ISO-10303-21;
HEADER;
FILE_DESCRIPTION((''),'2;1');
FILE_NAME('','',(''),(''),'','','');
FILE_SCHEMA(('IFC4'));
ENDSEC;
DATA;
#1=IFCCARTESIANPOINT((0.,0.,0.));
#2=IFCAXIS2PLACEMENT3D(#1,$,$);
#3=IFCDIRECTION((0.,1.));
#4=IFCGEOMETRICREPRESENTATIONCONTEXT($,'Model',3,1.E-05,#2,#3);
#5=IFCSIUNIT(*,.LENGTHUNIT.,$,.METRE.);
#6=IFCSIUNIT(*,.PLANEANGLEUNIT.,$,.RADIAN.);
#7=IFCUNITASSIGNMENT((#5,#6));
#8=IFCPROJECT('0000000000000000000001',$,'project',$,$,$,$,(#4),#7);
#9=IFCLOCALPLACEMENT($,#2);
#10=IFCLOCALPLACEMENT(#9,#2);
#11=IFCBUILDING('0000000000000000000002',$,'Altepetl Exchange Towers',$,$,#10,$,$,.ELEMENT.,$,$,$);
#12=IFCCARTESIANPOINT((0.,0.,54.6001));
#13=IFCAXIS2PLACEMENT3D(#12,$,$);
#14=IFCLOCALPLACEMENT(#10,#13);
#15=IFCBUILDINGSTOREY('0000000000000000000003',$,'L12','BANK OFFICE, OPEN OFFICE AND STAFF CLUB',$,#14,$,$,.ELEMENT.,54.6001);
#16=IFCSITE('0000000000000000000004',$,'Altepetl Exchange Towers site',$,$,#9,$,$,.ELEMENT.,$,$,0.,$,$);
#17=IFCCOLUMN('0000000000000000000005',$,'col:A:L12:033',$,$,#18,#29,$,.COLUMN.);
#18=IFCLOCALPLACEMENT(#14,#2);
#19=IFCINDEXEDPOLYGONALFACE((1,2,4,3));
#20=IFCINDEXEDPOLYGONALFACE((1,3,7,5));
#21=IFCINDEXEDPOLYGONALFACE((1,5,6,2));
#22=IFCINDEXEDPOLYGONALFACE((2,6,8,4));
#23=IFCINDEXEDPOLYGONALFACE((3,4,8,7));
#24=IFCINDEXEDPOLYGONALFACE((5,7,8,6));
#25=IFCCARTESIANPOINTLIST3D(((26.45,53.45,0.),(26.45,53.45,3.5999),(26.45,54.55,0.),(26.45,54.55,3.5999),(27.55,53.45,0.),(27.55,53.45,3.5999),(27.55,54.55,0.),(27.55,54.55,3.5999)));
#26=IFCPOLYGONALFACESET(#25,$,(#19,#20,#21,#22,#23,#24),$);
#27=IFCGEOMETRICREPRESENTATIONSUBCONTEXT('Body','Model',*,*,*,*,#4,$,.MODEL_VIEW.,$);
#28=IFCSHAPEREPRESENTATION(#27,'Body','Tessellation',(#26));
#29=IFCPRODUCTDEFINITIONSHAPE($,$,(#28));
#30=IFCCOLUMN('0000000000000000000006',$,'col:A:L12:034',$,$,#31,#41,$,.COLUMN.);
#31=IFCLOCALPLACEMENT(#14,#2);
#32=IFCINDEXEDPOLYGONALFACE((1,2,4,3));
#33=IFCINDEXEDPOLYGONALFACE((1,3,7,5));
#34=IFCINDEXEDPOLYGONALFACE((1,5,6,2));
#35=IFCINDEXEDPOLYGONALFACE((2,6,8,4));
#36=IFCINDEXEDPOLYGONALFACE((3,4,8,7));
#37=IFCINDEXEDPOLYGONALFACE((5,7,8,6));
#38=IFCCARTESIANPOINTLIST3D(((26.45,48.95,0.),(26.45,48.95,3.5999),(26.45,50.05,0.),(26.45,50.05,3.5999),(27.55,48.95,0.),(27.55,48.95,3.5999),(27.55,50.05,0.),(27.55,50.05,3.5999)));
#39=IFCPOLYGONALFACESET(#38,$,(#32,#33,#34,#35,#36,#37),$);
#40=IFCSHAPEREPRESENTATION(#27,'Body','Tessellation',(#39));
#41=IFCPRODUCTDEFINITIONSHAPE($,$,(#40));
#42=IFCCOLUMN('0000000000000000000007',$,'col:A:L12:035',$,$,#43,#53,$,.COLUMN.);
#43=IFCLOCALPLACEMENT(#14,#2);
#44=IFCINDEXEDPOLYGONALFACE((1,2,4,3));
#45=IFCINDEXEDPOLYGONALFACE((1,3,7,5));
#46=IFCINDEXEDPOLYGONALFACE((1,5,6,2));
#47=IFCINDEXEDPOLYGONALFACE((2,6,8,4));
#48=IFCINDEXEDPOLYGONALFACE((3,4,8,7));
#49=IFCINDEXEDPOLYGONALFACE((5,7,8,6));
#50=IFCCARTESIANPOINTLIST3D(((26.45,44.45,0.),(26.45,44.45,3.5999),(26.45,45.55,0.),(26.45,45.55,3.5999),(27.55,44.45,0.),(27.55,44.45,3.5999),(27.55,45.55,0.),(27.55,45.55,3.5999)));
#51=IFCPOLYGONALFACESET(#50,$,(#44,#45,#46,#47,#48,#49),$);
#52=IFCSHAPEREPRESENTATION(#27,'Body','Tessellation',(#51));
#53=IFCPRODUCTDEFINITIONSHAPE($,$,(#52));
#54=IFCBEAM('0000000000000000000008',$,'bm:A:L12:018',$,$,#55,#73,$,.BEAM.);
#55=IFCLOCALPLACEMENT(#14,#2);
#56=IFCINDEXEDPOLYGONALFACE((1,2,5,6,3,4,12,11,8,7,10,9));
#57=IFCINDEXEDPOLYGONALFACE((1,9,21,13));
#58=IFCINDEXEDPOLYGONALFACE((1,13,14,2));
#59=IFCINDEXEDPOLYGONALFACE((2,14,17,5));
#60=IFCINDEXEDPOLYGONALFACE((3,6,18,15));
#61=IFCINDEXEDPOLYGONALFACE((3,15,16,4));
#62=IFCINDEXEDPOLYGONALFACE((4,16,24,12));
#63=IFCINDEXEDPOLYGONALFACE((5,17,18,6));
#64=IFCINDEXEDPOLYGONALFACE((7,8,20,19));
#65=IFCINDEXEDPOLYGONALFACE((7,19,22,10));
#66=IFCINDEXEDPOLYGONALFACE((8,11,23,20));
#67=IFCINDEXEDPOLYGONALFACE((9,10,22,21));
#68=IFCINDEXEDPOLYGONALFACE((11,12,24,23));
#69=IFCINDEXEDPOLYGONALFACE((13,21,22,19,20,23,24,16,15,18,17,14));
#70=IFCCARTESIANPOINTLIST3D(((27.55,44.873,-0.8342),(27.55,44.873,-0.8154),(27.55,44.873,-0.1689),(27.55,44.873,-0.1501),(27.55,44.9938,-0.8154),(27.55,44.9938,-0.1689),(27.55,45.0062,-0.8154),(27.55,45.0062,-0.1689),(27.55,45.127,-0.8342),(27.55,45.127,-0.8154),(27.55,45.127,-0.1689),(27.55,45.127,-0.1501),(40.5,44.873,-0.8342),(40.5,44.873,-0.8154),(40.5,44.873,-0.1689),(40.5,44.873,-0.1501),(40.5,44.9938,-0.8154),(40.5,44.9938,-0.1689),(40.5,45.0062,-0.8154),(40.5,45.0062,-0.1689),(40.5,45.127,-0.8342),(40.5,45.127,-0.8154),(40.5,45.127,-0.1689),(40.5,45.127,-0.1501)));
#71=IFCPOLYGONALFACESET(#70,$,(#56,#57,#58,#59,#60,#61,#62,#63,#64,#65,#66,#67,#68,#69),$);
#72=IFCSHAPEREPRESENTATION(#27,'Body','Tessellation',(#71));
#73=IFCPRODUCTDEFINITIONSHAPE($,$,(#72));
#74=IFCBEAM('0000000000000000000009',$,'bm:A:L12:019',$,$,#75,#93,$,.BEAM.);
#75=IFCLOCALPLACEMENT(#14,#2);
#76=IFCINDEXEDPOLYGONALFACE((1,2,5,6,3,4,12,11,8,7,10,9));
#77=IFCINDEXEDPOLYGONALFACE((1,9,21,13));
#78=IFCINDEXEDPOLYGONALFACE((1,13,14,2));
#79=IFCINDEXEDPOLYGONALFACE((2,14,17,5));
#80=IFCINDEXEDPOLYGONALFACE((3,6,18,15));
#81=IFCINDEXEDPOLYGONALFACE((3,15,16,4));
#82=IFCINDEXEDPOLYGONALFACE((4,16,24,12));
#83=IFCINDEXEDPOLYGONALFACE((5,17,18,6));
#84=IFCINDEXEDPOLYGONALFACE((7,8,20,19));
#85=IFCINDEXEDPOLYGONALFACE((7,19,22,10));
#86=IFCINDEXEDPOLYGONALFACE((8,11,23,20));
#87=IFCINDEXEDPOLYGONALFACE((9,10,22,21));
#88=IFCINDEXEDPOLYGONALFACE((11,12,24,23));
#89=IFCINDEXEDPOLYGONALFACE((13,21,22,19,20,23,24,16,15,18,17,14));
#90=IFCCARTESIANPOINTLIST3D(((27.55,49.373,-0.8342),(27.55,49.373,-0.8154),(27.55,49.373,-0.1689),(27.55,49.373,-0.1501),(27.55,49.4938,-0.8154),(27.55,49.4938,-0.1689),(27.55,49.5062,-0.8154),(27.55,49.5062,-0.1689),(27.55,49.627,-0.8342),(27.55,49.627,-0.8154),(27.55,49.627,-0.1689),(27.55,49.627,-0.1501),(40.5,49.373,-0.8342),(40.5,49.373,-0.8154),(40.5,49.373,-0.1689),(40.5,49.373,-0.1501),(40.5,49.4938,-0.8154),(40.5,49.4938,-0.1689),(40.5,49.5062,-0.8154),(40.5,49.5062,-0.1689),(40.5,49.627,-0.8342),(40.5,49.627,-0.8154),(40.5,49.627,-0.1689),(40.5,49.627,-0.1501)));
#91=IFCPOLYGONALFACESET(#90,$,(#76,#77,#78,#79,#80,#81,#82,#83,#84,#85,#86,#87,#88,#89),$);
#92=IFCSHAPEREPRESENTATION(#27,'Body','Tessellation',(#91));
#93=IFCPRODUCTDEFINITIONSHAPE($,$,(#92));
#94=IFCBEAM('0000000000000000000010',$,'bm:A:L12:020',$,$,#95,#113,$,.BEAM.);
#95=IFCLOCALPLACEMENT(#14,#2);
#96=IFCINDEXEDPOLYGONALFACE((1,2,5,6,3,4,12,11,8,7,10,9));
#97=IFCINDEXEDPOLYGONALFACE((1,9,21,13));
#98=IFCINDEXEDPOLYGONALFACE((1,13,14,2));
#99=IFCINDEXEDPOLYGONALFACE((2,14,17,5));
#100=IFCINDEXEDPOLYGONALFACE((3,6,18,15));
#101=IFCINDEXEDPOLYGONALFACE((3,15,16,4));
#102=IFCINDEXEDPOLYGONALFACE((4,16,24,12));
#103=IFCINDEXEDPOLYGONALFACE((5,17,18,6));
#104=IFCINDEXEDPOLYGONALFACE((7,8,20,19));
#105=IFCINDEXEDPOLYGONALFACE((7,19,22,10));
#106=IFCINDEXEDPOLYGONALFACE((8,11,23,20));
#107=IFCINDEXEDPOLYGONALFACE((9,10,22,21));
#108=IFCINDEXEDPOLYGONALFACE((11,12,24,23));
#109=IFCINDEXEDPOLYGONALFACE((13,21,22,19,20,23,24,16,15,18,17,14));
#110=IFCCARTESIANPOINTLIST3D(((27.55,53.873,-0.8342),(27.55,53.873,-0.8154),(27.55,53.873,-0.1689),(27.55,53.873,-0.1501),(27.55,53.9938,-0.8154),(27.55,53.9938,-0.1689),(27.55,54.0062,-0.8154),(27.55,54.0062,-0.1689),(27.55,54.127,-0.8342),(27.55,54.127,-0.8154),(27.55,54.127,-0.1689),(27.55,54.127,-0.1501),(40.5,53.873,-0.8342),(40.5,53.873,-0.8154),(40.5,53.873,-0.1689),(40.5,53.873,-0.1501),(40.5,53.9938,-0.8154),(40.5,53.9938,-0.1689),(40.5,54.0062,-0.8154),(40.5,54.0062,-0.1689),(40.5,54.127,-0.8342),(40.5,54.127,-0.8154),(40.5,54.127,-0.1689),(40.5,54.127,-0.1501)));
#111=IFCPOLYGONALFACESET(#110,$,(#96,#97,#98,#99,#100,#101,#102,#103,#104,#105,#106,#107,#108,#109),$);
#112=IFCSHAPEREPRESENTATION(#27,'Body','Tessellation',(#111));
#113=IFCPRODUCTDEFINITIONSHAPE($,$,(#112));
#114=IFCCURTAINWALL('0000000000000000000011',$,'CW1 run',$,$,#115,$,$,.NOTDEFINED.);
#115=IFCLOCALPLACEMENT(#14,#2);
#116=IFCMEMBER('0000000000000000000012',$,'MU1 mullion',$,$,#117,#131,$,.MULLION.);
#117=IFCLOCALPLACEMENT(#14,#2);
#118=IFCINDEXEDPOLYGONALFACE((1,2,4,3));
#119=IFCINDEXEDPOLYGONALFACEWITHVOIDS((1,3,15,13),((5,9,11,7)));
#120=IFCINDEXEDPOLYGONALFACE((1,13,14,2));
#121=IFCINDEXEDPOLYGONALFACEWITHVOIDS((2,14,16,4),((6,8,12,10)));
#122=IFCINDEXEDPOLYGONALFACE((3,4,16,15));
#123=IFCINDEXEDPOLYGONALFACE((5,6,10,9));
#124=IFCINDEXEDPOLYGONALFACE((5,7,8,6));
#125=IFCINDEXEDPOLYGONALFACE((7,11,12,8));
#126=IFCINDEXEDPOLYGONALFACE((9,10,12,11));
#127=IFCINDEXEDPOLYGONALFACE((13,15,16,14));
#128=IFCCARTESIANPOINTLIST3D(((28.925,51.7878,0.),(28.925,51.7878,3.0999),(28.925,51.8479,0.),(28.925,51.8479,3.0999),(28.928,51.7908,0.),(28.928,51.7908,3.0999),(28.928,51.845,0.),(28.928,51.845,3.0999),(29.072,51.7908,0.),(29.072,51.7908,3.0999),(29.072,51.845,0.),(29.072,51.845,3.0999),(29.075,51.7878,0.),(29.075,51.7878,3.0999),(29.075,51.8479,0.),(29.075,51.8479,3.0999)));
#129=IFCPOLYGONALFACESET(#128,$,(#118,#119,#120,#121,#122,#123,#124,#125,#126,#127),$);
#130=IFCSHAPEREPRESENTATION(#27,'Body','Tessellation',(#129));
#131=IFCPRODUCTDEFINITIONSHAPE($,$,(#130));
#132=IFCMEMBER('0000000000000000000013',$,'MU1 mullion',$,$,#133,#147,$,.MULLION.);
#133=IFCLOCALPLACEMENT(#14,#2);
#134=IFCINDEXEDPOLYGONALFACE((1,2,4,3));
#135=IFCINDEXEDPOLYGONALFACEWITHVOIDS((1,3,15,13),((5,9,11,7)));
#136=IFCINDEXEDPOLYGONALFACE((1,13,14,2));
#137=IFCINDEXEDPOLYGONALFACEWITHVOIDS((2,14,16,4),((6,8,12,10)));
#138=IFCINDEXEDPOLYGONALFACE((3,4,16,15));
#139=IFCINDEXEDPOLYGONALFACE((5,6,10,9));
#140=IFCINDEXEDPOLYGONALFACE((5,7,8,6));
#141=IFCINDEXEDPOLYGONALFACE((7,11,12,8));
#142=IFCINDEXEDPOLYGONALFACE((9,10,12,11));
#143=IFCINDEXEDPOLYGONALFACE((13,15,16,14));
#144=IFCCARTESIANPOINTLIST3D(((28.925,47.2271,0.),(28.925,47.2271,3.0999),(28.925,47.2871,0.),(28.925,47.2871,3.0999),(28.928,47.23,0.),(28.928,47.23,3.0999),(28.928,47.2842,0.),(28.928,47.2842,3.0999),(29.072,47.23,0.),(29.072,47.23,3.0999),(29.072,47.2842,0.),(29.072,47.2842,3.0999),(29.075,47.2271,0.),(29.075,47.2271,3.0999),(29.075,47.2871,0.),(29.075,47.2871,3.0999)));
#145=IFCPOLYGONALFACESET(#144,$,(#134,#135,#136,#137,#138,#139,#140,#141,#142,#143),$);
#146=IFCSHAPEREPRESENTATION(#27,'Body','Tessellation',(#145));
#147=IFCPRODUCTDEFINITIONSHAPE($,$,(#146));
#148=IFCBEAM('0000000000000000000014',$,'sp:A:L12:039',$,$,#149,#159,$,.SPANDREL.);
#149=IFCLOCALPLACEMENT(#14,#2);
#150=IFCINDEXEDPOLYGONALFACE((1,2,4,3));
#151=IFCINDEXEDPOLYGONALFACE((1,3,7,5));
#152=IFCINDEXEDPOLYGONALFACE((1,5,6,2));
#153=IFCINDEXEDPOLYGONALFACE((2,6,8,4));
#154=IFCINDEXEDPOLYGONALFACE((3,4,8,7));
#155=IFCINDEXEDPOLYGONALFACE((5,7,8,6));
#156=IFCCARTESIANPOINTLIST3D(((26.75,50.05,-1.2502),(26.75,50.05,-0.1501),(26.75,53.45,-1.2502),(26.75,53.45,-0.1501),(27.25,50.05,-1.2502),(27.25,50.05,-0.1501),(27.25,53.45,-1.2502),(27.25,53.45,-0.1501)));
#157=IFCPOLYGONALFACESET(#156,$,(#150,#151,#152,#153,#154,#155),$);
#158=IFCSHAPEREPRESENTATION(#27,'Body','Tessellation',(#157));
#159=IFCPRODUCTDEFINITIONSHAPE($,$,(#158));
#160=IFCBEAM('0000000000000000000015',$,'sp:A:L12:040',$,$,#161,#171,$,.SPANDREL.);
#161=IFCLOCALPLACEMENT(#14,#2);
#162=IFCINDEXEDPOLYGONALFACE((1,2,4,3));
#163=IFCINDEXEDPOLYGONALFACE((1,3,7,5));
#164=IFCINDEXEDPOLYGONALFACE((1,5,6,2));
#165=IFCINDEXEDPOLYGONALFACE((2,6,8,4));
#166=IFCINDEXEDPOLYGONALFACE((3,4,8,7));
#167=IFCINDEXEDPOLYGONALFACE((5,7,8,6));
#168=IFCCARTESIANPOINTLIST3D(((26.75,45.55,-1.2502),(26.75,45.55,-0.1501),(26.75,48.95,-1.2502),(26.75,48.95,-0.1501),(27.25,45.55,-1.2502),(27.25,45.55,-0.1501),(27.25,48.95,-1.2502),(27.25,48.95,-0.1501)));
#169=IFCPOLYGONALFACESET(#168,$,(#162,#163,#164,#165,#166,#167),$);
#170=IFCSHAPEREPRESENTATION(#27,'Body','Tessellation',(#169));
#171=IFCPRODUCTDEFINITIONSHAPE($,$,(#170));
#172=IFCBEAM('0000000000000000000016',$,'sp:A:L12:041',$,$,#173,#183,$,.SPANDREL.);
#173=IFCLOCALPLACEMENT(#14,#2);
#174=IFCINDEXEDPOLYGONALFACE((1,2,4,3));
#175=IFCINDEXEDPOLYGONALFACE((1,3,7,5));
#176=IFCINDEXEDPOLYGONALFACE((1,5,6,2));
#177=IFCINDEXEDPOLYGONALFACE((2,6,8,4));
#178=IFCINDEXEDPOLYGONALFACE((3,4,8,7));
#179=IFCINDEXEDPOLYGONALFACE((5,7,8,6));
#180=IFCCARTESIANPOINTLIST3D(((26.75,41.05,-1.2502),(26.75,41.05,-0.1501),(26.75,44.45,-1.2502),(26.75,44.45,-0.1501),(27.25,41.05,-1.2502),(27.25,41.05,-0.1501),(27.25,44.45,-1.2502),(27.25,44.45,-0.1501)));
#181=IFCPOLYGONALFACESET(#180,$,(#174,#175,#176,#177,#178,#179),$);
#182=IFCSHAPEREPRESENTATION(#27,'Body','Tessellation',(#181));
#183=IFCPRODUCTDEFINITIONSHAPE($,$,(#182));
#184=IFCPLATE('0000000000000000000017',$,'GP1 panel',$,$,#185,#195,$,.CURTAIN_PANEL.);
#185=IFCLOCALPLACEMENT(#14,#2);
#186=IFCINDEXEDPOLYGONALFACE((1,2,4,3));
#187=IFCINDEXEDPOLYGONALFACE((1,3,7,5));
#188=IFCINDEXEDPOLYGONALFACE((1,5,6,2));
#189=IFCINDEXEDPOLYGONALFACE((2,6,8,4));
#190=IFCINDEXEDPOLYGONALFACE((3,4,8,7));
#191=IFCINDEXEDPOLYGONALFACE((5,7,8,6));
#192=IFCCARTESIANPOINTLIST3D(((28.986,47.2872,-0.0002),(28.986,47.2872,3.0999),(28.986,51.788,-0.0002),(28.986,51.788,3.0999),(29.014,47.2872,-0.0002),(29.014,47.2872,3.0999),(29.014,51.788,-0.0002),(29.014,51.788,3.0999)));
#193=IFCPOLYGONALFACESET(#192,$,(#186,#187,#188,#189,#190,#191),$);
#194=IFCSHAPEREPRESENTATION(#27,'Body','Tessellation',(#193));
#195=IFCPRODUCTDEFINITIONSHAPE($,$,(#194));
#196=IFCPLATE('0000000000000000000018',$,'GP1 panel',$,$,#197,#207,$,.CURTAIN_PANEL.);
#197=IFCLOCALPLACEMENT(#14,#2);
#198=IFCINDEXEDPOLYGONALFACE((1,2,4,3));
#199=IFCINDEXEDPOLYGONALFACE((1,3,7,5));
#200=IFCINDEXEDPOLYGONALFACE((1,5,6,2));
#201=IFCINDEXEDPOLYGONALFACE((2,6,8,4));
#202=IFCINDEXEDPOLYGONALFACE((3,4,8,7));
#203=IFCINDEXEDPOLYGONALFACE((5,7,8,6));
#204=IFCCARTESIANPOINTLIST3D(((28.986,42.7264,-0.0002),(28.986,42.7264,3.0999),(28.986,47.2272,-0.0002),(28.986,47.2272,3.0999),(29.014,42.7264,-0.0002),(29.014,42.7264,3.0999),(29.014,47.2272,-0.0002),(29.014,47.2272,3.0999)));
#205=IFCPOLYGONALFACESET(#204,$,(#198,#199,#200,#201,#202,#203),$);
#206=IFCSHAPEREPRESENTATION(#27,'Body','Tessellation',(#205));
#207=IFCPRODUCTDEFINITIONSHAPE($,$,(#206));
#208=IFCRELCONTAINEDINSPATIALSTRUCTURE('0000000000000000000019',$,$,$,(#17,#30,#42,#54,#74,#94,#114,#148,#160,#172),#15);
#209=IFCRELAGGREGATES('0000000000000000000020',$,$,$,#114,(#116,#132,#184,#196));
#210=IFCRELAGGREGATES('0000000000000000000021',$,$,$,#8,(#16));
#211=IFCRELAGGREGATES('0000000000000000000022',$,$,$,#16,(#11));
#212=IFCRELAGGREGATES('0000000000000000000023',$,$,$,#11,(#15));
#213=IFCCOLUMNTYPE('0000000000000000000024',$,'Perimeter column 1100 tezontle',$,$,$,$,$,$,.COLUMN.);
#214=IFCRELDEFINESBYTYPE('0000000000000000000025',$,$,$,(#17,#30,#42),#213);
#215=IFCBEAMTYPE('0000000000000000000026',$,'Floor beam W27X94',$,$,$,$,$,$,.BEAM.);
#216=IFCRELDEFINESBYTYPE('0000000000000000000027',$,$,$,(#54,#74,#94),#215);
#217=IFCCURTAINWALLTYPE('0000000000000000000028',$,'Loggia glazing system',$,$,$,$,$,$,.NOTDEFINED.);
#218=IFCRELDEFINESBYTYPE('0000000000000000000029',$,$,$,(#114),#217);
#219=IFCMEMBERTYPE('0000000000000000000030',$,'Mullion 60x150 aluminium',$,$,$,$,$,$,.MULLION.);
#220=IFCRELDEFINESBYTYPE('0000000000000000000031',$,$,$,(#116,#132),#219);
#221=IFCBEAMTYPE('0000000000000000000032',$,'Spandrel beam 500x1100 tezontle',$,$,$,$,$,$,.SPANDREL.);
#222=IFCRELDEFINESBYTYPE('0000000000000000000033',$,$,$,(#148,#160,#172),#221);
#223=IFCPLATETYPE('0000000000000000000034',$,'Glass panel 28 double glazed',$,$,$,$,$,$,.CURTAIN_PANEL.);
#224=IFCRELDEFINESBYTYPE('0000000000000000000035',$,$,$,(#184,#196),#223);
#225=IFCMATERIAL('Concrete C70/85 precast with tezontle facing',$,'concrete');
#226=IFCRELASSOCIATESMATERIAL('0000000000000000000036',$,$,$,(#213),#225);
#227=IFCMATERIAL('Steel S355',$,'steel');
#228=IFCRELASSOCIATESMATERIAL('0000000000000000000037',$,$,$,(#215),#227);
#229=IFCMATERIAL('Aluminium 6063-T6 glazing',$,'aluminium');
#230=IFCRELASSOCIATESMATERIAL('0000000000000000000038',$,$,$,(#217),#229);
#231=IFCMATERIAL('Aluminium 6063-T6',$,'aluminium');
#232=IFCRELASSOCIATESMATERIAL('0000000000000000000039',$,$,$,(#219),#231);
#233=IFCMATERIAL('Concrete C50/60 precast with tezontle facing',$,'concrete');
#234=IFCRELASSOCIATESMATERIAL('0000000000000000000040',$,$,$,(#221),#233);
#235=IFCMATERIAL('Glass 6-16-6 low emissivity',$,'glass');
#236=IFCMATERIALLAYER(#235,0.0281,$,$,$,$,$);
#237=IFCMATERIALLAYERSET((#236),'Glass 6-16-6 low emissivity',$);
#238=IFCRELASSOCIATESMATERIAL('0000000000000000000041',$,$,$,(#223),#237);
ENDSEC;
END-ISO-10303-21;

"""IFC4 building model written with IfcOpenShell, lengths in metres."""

from ifc_helpers import new_model, si_unit, direction, frame, origin, origin_2d, place, context, subcontext, project, spatial, rectangle, hollow_rectangle, i_section, extrude, material, layer, layer_set, material_profile, profile_set, type_object, element, aggregate, save


model = new_model("IFC4")

# Units and contexts
model_context = context("Model", 3, precision=1e-05, world=origin(), true_north=direction((0.0, 1.0)))
body_context = subcontext(model_context, "Body", "Model", "MODEL_VIEW")
ifc_project = project(units=[si_unit("LENGTHUNIT", "METRE"), si_unit("PLANEANGLEUNIT", "RADIAN")], contexts=[model_context])

# Site, building, storey
site_placement = place(None, origin())
site = spatial("IfcSite", under=ifc_project, at=site_placement, Name="Altepetl Exchange Towers site", CompositionType="ELEMENT", RefElevation=0.0)
building_placement = place(site_placement, origin())
building = spatial("IfcBuilding", under=site, at=building_placement, Name="Altepetl Exchange Towers", CompositionType="ELEMENT")
storey_placement = place(building_placement, frame((0.0, 0.0, 54.6001)))
storey = spatial("IfcBuildingStorey", under=building, at=storey_placement, Name="L12", Description="BANK OFFICE, OPEN OFFICE AND STAFF CLUB", CompositionType="ELEMENT", Elevation=54.6001)

# Columns
ifc_material_1 = material(Name="Concrete C70/85 precast with tezontle facing", Category="concrete")
ifc_material_profile_1 = material_profile(ifc_material_1, rectangle(XDim=1.1001, YDim=1.1001, at=origin_2d()), Name="1100 x 1100")
ifc_profile_set_1 = profile_set([ifc_material_profile_1], Name="Concrete C70/85 precast with tezontle facing")
column_type = type_object("IfcColumnType", Name="Perimeter column 1100 tezontle", PredefinedType="COLUMN", material=ifc_profile_set_1)
for number, where, name in (
    (1, (27.0, 54.0, 0.0), "col:A:L12:033"),
    (2, (27.0, 49.5, 0.0), "col:A:L12:034"),
    (3, (27.0, 45.0, 0.0), "col:A:L12:035"),
):
    element("IfcColumn", number, at=place(storey_placement, frame(where)), inside=storey, type_object=column_type, Name=name, PredefinedType="COLUMN", context=body_context, shape_type="SweptSolid", body=[
        extrude(rectangle(XDim=1.1001, YDim=1.1001, at=origin_2d()), origin(), (0.0, 0.0, 1.0), 3.5999),
    ])

# Beams
ifc_material_2 = material(Name="Steel S355", Category="steel")
ifc_material_profile_2 = material_profile(ifc_material_2, i_section(OverallWidth=0.2539, OverallDepth=0.6841, WebThickness=0.0125, FlangeThickness=0.0188, at=origin_2d()), Name="W27X94")
ifc_profile_set_2 = profile_set([ifc_material_profile_2], Name="Steel S355")
beam_type_1 = type_object("IfcBeamType", Name="Floor beam W27X94", PredefinedType="BEAM", material=ifc_profile_set_2)
for number, where, z_axis, x_axis, name in (
    (4, (27.55, 45.0, -0.4922), (1.0, 0.0, 0.0), (0.0, 1.0, 0.0), "bm:A:L12:018"),
    (5, (27.55, 49.5, -0.4922), (1.0, 0.0, 0.0), (0.0, 1.0, 0.0), "bm:A:L12:019"),
    (6, (27.55, 54.0, -0.4922), (1.0, 0.0, 0.0), (0.0, 1.0, 0.0), "bm:A:L12:020"),
):
    element("IfcBeam", number, at=place(storey_placement, frame(where, z_axis=z_axis, x_axis=x_axis)), inside=storey, type_object=beam_type_1, Name=name, PredefinedType="BEAM", context=body_context, shape_type="SweptSolid", body=[
        extrude(i_section(OverallWidth=0.2539, OverallDepth=0.6841, WebThickness=0.0125, FlangeThickness=0.0188, at=origin_2d()), origin(), (0.0, 0.0, 1.0), 12.95),
    ])

# Curtain wall, members
ifc_material_3 = material(Name="Aluminium 6063-T6 glazing", Category="aluminium")
curtain_wall_type = type_object("IfcCurtainWallType", Name="Loggia glazing system", PredefinedType="NOTDEFINED", material=ifc_material_3)
curtain_wall_placement = place(storey_placement, origin())
curtain_wall = element("IfcCurtainWall", 7, at=curtain_wall_placement, inside=storey, type_object=curtain_wall_type, Name="CW1 run", PredefinedType="NOTDEFINED")
ifc_material_4 = material(Name="Aluminium 6063-T6", Category="aluminium")
ifc_material_profile_3 = material_profile(ifc_material_4, hollow_rectangle(XDim=0.0601, YDim=0.1499, WallThickness=0.0029, at=origin_2d()), Name="Mullion 60x150 aluminium")
ifc_profile_set_3 = profile_set([ifc_material_profile_3], Name="Aluminium 6063-T6")
member_type = type_object("IfcMemberType", Name="Mullion 60x150 aluminium", PredefinedType="MULLION", material=ifc_profile_set_3)
member_1_placement = place(storey_placement, frame((29.0, 51.8179, 0.0), z_axis=(0.0, 0.0, 1.0), x_axis=(0.0, -1.0, 0.0)))
member_1 = element("IfcMember", 8, at=member_1_placement, type_object=member_type, Name="MU1 mullion", PredefinedType="MULLION", context=body_context, shape_type="SweptSolid", body=[
    extrude(hollow_rectangle(XDim=0.0601, YDim=0.1499, WallThickness=0.0029, at=origin_2d()), origin(), (0.0, 0.0, 1.0), 3.0999),
])
member_2_placement = place(storey_placement, frame((29.0, 47.2571, 0.0), z_axis=(0.0, 0.0, 1.0), x_axis=(0.0, -1.0, 0.0)))
member_2 = element("IfcMember", 9, at=member_2_placement, type_object=member_type, Name="MU1 mullion", PredefinedType="MULLION", context=body_context, shape_type="SweptSolid", body=[
    extrude(hollow_rectangle(XDim=0.0601, YDim=0.1499, WallThickness=0.0029, at=origin_2d()), origin(), (0.0, 0.0, 1.0), 3.0999),
])

# Beams
ifc_material_5 = material(Name="Concrete C50/60 precast with tezontle facing", Category="concrete")
ifc_material_profile_4 = material_profile(ifc_material_5, rectangle(XDim=0.5, YDim=1.1001, at=origin_2d()), Name="500 x 1100")
ifc_profile_set_4 = profile_set([ifc_material_profile_4], Name="Concrete C50/60 precast with tezontle facing")
beam_type_2 = type_object("IfcBeamType", Name="Spandrel beam 500x1100 tezontle", PredefinedType="SPANDREL", material=ifc_profile_set_4)
for number, where, z_axis, x_axis, name in (
    (10, (27.0, 53.45, -0.7002), (0.0, -1.0, 0.0), (1.0, 0.0, 0.0), "sp:A:L12:039"),
    (11, (27.0, 48.95, -0.7002), (0.0, -1.0, 0.0), (1.0, 0.0, 0.0), "sp:A:L12:040"),
    (12, (27.0, 44.45, -0.7002), (0.0, -1.0, 0.0), (1.0, 0.0, 0.0), "sp:A:L12:041"),
):
    element("IfcBeam", number, at=place(storey_placement, frame(where, z_axis=z_axis, x_axis=x_axis)), inside=storey, type_object=beam_type_2, Name=name, PredefinedType="SPANDREL", context=body_context, shape_type="SweptSolid", body=[
        extrude(rectangle(XDim=0.5, YDim=1.1001, at=origin_2d()), origin(), (0.0, 0.0, 1.0), 3.3999),
    ])

# Plates
ifc_material_6 = material(Name="Glass 6-16-6 low emissivity", Category="glass")
ifc_layer_1 = layer(ifc_material_6, 0.0281)
ifc_layer_set_1 = layer_set([ifc_layer_1], Name="Glass 6-16-6 low emissivity")
plate_type = type_object("IfcPlateType", Name="Glass panel 28 double glazed", PredefinedType="CURTAIN_PANEL", material=ifc_layer_set_1)
plate_1_placement = place(storey_placement, frame((29.0, 49.5376, -0.0002), z_axis=(0.0, 0.0, 1.0), x_axis=(0.0, -1.0, 0.0)))
plate_1 = element("IfcPlate", 13, at=plate_1_placement, type_object=plate_type, Name="GP1 panel", PredefinedType="CURTAIN_PANEL", context=body_context, shape_type="SweptSolid", body=[
    extrude(rectangle(XDim=4.5007, YDim=0.0281, at=origin_2d()), origin(), (0.0, 0.0, 1.0), 3.1001),
])
plate_2_placement = place(storey_placement, frame((29.0, 44.9768, -0.0002), z_axis=(0.0, 0.0, 1.0), x_axis=(0.0, -1.0, 0.0)))
plate_2 = element("IfcPlate", 14, at=plate_2_placement, type_object=plate_type, Name="GP1 panel", PredefinedType="CURTAIN_PANEL", context=body_context, shape_type="SweptSolid", body=[
    extrude(rectangle(XDim=4.5007, YDim=0.0281, at=origin_2d()), origin(), (0.0, 0.0, 1.0), 3.1001),
])
aggregate(curtain_wall, [member_1, member_2, plate_1, plate_2])

save(model, "model.ifc")
